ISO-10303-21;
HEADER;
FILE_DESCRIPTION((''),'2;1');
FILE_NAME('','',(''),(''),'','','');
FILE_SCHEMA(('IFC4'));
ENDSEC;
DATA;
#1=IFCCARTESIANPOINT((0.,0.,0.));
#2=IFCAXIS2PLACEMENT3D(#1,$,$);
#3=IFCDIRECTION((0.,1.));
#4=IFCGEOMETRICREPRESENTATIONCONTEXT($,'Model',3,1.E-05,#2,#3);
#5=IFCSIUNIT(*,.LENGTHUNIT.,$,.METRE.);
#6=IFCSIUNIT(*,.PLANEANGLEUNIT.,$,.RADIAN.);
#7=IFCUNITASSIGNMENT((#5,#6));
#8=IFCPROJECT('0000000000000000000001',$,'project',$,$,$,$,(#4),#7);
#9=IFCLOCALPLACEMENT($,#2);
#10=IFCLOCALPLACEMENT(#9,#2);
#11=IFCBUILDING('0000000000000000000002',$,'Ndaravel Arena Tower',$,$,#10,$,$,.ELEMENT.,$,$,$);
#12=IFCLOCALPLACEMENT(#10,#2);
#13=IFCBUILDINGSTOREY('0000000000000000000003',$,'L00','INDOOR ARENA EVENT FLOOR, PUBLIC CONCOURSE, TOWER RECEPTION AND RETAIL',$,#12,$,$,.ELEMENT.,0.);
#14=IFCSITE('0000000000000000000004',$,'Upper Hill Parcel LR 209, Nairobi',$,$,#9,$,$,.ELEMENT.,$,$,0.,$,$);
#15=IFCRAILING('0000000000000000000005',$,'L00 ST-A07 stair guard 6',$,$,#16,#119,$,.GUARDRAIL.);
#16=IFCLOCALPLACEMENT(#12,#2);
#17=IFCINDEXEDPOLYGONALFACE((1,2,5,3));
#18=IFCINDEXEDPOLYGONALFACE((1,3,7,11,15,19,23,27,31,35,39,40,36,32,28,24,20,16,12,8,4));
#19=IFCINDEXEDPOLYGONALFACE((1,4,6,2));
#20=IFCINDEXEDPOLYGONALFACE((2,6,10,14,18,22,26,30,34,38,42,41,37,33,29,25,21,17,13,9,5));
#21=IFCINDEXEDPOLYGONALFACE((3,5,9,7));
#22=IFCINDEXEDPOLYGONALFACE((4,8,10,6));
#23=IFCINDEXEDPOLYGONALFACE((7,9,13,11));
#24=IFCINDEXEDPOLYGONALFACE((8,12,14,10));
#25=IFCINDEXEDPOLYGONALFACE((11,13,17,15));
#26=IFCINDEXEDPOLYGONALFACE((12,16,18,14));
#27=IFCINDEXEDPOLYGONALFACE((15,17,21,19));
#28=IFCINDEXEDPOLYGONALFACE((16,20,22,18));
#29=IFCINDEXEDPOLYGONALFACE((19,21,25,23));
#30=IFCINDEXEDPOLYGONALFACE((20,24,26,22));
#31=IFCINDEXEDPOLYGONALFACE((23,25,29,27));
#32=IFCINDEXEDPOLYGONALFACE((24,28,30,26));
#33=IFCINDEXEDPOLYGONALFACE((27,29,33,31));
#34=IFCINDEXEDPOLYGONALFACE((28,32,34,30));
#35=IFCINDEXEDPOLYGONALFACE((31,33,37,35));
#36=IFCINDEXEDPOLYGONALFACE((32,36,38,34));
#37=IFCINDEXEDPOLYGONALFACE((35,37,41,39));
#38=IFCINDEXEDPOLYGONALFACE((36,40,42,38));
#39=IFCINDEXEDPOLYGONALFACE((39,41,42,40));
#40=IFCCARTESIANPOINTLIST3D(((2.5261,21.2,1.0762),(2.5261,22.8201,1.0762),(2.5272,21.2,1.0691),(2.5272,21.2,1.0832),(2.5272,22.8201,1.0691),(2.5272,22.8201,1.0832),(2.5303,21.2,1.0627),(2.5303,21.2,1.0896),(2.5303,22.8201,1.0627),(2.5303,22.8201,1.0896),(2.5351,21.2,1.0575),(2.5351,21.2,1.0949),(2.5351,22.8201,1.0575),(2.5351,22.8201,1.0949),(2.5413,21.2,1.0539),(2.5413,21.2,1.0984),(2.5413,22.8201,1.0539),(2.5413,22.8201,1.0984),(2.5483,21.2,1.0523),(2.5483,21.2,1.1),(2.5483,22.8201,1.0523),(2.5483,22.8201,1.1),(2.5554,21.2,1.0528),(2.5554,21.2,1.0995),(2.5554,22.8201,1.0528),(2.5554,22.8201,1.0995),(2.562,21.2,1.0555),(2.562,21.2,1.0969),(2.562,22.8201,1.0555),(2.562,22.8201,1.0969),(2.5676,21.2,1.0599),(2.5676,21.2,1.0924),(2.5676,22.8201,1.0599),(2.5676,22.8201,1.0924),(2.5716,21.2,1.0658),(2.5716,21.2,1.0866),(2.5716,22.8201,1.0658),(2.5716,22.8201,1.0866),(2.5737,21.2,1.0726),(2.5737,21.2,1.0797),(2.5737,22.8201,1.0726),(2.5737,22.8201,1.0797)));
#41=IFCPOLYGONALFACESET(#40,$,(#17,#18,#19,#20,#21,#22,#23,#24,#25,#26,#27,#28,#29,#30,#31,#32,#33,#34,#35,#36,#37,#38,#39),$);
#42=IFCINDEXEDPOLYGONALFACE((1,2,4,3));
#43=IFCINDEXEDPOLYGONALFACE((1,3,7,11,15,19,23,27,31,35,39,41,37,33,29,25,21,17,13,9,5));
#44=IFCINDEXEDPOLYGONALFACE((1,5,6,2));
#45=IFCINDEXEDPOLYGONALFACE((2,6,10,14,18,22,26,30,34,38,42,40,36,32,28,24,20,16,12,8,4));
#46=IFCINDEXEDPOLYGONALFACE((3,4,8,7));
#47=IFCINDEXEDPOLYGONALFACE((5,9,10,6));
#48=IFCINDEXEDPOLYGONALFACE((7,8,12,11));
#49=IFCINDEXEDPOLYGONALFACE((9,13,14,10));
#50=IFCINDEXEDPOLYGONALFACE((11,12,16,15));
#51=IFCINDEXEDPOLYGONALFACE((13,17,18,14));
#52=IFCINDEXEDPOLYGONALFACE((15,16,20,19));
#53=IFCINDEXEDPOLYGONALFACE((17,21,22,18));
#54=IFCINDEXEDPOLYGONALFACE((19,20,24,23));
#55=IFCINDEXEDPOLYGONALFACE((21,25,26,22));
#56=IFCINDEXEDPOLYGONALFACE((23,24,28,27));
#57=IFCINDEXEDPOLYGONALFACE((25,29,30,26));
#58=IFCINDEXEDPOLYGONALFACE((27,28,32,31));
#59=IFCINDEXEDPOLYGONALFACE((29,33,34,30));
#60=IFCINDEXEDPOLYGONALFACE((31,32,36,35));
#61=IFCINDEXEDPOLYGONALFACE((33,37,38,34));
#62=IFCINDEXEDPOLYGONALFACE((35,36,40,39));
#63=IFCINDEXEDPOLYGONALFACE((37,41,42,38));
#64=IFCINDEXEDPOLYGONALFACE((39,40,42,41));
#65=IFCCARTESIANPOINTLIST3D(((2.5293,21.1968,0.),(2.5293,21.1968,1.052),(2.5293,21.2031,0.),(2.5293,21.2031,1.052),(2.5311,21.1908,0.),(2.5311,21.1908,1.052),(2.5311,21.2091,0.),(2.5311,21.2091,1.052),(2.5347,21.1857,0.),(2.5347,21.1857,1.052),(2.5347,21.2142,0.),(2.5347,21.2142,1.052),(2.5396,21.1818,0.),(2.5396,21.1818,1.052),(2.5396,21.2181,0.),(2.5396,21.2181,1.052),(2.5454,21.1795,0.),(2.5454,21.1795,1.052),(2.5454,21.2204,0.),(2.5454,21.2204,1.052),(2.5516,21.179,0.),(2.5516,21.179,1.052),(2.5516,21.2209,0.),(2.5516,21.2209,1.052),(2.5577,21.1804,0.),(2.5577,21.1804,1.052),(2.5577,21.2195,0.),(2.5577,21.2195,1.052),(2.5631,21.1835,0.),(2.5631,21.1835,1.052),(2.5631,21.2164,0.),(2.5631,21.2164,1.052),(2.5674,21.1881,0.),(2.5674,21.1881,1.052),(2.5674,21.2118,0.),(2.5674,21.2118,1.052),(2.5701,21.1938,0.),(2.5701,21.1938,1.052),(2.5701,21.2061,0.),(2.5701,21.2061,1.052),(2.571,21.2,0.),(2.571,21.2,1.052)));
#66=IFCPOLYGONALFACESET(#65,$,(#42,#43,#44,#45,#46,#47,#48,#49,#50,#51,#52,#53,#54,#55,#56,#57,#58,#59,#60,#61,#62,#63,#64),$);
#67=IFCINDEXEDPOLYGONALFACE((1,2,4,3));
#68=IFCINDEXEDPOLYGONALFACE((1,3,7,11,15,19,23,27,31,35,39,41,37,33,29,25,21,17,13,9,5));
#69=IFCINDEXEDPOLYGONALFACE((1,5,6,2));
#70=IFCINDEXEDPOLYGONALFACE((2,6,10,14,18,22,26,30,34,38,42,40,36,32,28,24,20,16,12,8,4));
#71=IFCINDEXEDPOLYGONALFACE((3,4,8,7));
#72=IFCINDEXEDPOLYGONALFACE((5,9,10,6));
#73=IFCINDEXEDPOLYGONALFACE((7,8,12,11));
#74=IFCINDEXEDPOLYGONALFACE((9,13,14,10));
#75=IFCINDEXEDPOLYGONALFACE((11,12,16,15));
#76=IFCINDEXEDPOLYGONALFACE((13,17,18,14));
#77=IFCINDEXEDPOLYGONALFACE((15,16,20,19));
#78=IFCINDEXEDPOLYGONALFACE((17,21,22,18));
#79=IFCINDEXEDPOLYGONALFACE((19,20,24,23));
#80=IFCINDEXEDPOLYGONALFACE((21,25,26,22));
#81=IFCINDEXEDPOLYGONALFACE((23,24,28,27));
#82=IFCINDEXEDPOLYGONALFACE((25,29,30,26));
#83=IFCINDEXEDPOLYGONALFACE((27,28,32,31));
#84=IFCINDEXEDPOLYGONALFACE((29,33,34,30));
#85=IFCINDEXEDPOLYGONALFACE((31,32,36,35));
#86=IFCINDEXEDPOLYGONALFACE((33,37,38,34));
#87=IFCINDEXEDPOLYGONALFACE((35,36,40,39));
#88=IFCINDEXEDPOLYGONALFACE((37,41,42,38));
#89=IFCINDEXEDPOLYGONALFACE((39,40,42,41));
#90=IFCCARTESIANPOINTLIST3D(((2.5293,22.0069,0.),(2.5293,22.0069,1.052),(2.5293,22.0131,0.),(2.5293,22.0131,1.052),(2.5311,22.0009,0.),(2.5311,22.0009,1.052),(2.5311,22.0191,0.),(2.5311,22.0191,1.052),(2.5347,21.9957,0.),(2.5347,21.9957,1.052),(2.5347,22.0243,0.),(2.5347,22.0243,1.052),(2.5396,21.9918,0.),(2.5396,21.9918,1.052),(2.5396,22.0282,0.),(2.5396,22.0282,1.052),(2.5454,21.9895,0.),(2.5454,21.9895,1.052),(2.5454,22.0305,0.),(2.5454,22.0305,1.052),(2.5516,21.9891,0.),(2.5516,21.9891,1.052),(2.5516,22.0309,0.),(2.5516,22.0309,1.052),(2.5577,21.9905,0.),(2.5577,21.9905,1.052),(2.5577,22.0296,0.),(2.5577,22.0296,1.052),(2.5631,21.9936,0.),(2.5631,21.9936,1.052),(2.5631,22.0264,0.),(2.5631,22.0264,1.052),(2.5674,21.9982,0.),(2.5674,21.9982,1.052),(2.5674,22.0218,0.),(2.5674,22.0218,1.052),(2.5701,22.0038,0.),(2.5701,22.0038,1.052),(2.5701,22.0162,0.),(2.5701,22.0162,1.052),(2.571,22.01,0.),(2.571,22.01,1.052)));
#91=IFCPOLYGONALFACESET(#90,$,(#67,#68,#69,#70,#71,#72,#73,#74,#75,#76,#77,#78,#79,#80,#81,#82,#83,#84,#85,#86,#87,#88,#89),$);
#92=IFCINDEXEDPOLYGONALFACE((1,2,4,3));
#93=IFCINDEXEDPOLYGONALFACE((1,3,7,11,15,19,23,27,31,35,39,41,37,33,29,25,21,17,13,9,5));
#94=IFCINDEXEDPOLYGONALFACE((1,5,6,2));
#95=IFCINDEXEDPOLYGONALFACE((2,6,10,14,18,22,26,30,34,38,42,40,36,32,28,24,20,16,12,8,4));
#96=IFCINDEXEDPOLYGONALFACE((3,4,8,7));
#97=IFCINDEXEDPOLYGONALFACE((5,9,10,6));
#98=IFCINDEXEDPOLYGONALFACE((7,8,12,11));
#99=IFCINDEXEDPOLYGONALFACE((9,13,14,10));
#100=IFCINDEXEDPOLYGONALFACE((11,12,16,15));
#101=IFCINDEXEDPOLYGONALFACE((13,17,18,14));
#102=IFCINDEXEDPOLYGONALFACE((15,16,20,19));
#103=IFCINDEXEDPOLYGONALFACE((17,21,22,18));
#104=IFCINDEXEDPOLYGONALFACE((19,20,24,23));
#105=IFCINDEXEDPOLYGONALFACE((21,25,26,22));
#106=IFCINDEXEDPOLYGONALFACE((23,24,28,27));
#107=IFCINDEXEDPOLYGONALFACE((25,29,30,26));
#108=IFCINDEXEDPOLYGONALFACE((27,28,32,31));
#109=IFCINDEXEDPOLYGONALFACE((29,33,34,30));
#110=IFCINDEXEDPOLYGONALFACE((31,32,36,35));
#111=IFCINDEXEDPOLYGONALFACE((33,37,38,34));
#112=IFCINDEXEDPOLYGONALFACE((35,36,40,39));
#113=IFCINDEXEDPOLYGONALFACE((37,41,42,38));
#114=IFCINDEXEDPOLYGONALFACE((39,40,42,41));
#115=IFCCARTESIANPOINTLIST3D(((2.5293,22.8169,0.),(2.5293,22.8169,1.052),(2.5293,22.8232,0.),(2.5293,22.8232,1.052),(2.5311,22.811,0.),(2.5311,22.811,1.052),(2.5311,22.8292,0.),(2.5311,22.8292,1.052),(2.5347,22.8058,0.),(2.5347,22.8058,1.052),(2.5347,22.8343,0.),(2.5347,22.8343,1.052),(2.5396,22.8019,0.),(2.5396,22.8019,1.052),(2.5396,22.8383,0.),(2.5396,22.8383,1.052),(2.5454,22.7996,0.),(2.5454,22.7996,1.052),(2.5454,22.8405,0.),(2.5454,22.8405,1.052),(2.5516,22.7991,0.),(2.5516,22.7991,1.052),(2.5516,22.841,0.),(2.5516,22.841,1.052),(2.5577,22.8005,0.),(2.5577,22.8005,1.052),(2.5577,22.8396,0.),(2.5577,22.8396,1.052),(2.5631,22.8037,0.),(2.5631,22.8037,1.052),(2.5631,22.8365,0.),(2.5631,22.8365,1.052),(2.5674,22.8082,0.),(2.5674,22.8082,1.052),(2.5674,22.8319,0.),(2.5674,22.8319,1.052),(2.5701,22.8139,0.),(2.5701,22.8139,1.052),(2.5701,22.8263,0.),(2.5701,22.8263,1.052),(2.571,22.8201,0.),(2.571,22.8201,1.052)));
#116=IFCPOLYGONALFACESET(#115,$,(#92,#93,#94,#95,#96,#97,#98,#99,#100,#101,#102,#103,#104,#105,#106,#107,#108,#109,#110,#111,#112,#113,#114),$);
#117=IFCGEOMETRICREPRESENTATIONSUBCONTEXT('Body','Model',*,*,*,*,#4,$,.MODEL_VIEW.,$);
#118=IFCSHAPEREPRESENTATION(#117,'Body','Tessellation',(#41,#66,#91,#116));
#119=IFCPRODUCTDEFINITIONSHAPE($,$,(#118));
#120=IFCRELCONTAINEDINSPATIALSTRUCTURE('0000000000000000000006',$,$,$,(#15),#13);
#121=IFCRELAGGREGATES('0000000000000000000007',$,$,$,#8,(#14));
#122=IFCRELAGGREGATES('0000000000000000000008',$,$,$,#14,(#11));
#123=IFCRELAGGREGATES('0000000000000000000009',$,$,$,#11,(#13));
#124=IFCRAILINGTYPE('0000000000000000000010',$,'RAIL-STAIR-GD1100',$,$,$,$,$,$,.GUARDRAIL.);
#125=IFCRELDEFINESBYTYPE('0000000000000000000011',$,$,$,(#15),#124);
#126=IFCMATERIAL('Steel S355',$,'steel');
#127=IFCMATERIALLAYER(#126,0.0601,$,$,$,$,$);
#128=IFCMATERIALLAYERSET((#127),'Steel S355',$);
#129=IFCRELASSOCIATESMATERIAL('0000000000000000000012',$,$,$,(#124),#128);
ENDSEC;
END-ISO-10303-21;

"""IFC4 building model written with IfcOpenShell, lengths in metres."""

from ifc_helpers import new_model, si_unit, direction, frame, origin, origin_2d, place, context, subcontext, project, spatial, circle, extrude, material, layer, layer_set, type_object, element, save


model = new_model("IFC4")

# Units and contexts
model_context = context("Model", 3, precision=1e-05, world=origin(), true_north=direction((0.0, 1.0)))
body_context = subcontext(model_context, "Body", "Model", "MODEL_VIEW")
ifc_project = project(units=[si_unit("LENGTHUNIT", "METRE"), si_unit("PLANEANGLEUNIT", "RADIAN")], contexts=[model_context])

# Site, building, storey
site_placement = place(None, origin())
site = spatial("IfcSite", under=ifc_project, at=site_placement, Name="Upper Hill Parcel LR 209, Nairobi", CompositionType="ELEMENT", RefElevation=0.0)
building_placement = place(site_placement, origin())
building = spatial("IfcBuilding", under=site, at=building_placement, Name="Ndaravel Arena Tower", CompositionType="ELEMENT")
storey_placement = place(building_placement, origin())
storey = spatial("IfcBuildingStorey", under=building, at=storey_placement, Name="L00", Description="INDOOR ARENA EVENT FLOOR, PUBLIC CONCOURSE, TOWER RECEPTION AND RETAIL", CompositionType="ELEMENT", Elevation=0.0)

# Railing
ifc_material_1 = material(Name="Steel S355", Category="steel")
ifc_layer_1 = layer(ifc_material_1, 0.0601)
ifc_layer_set_1 = layer_set([ifc_layer_1], Name="Steel S355")
railing_type_1 = type_object("IfcRailingType", Name="RAIL-STAIR-GD1100", PredefinedType="GUARDRAIL", material=ifc_layer_set_1)
for number, where, name in (
    (1, (2.55, 21.2, 0.0), "L00 ST-A07 stair guard 6"),
):
    element("IfcRailing", number, at=place(storey_placement, frame(where)), inside=storey, type_object=railing_type_1, Name=name, PredefinedType="GUARDRAIL", context=body_context, shape_type="SweptSolid", body=[
        extrude(circle(Radius=0.0239, at=origin_2d()), frame((0.0, 0.0, 1.0762), z_axis=(0.0, 1.0, 0.0), x_axis=(-1.0, 0.0, 0.0)), (0.0, 0.0, 1.0), 1.6201),
        extrude(circle(Radius=0.021, at=origin_2d()), origin(), (0.0, 0.0, 1.0), 1.052),
        extrude(circle(Radius=0.021, at=origin_2d()), frame((0.0, 0.8101, 0.0)), (0.0, 0.0, 1.0), 1.052),
        extrude(circle(Radius=0.021, at=origin_2d()), frame((0.0, 1.6201, 0.0)), (0.0, 0.0, 1.0), 1.052),
    ])

save(model, "model.ifc")
